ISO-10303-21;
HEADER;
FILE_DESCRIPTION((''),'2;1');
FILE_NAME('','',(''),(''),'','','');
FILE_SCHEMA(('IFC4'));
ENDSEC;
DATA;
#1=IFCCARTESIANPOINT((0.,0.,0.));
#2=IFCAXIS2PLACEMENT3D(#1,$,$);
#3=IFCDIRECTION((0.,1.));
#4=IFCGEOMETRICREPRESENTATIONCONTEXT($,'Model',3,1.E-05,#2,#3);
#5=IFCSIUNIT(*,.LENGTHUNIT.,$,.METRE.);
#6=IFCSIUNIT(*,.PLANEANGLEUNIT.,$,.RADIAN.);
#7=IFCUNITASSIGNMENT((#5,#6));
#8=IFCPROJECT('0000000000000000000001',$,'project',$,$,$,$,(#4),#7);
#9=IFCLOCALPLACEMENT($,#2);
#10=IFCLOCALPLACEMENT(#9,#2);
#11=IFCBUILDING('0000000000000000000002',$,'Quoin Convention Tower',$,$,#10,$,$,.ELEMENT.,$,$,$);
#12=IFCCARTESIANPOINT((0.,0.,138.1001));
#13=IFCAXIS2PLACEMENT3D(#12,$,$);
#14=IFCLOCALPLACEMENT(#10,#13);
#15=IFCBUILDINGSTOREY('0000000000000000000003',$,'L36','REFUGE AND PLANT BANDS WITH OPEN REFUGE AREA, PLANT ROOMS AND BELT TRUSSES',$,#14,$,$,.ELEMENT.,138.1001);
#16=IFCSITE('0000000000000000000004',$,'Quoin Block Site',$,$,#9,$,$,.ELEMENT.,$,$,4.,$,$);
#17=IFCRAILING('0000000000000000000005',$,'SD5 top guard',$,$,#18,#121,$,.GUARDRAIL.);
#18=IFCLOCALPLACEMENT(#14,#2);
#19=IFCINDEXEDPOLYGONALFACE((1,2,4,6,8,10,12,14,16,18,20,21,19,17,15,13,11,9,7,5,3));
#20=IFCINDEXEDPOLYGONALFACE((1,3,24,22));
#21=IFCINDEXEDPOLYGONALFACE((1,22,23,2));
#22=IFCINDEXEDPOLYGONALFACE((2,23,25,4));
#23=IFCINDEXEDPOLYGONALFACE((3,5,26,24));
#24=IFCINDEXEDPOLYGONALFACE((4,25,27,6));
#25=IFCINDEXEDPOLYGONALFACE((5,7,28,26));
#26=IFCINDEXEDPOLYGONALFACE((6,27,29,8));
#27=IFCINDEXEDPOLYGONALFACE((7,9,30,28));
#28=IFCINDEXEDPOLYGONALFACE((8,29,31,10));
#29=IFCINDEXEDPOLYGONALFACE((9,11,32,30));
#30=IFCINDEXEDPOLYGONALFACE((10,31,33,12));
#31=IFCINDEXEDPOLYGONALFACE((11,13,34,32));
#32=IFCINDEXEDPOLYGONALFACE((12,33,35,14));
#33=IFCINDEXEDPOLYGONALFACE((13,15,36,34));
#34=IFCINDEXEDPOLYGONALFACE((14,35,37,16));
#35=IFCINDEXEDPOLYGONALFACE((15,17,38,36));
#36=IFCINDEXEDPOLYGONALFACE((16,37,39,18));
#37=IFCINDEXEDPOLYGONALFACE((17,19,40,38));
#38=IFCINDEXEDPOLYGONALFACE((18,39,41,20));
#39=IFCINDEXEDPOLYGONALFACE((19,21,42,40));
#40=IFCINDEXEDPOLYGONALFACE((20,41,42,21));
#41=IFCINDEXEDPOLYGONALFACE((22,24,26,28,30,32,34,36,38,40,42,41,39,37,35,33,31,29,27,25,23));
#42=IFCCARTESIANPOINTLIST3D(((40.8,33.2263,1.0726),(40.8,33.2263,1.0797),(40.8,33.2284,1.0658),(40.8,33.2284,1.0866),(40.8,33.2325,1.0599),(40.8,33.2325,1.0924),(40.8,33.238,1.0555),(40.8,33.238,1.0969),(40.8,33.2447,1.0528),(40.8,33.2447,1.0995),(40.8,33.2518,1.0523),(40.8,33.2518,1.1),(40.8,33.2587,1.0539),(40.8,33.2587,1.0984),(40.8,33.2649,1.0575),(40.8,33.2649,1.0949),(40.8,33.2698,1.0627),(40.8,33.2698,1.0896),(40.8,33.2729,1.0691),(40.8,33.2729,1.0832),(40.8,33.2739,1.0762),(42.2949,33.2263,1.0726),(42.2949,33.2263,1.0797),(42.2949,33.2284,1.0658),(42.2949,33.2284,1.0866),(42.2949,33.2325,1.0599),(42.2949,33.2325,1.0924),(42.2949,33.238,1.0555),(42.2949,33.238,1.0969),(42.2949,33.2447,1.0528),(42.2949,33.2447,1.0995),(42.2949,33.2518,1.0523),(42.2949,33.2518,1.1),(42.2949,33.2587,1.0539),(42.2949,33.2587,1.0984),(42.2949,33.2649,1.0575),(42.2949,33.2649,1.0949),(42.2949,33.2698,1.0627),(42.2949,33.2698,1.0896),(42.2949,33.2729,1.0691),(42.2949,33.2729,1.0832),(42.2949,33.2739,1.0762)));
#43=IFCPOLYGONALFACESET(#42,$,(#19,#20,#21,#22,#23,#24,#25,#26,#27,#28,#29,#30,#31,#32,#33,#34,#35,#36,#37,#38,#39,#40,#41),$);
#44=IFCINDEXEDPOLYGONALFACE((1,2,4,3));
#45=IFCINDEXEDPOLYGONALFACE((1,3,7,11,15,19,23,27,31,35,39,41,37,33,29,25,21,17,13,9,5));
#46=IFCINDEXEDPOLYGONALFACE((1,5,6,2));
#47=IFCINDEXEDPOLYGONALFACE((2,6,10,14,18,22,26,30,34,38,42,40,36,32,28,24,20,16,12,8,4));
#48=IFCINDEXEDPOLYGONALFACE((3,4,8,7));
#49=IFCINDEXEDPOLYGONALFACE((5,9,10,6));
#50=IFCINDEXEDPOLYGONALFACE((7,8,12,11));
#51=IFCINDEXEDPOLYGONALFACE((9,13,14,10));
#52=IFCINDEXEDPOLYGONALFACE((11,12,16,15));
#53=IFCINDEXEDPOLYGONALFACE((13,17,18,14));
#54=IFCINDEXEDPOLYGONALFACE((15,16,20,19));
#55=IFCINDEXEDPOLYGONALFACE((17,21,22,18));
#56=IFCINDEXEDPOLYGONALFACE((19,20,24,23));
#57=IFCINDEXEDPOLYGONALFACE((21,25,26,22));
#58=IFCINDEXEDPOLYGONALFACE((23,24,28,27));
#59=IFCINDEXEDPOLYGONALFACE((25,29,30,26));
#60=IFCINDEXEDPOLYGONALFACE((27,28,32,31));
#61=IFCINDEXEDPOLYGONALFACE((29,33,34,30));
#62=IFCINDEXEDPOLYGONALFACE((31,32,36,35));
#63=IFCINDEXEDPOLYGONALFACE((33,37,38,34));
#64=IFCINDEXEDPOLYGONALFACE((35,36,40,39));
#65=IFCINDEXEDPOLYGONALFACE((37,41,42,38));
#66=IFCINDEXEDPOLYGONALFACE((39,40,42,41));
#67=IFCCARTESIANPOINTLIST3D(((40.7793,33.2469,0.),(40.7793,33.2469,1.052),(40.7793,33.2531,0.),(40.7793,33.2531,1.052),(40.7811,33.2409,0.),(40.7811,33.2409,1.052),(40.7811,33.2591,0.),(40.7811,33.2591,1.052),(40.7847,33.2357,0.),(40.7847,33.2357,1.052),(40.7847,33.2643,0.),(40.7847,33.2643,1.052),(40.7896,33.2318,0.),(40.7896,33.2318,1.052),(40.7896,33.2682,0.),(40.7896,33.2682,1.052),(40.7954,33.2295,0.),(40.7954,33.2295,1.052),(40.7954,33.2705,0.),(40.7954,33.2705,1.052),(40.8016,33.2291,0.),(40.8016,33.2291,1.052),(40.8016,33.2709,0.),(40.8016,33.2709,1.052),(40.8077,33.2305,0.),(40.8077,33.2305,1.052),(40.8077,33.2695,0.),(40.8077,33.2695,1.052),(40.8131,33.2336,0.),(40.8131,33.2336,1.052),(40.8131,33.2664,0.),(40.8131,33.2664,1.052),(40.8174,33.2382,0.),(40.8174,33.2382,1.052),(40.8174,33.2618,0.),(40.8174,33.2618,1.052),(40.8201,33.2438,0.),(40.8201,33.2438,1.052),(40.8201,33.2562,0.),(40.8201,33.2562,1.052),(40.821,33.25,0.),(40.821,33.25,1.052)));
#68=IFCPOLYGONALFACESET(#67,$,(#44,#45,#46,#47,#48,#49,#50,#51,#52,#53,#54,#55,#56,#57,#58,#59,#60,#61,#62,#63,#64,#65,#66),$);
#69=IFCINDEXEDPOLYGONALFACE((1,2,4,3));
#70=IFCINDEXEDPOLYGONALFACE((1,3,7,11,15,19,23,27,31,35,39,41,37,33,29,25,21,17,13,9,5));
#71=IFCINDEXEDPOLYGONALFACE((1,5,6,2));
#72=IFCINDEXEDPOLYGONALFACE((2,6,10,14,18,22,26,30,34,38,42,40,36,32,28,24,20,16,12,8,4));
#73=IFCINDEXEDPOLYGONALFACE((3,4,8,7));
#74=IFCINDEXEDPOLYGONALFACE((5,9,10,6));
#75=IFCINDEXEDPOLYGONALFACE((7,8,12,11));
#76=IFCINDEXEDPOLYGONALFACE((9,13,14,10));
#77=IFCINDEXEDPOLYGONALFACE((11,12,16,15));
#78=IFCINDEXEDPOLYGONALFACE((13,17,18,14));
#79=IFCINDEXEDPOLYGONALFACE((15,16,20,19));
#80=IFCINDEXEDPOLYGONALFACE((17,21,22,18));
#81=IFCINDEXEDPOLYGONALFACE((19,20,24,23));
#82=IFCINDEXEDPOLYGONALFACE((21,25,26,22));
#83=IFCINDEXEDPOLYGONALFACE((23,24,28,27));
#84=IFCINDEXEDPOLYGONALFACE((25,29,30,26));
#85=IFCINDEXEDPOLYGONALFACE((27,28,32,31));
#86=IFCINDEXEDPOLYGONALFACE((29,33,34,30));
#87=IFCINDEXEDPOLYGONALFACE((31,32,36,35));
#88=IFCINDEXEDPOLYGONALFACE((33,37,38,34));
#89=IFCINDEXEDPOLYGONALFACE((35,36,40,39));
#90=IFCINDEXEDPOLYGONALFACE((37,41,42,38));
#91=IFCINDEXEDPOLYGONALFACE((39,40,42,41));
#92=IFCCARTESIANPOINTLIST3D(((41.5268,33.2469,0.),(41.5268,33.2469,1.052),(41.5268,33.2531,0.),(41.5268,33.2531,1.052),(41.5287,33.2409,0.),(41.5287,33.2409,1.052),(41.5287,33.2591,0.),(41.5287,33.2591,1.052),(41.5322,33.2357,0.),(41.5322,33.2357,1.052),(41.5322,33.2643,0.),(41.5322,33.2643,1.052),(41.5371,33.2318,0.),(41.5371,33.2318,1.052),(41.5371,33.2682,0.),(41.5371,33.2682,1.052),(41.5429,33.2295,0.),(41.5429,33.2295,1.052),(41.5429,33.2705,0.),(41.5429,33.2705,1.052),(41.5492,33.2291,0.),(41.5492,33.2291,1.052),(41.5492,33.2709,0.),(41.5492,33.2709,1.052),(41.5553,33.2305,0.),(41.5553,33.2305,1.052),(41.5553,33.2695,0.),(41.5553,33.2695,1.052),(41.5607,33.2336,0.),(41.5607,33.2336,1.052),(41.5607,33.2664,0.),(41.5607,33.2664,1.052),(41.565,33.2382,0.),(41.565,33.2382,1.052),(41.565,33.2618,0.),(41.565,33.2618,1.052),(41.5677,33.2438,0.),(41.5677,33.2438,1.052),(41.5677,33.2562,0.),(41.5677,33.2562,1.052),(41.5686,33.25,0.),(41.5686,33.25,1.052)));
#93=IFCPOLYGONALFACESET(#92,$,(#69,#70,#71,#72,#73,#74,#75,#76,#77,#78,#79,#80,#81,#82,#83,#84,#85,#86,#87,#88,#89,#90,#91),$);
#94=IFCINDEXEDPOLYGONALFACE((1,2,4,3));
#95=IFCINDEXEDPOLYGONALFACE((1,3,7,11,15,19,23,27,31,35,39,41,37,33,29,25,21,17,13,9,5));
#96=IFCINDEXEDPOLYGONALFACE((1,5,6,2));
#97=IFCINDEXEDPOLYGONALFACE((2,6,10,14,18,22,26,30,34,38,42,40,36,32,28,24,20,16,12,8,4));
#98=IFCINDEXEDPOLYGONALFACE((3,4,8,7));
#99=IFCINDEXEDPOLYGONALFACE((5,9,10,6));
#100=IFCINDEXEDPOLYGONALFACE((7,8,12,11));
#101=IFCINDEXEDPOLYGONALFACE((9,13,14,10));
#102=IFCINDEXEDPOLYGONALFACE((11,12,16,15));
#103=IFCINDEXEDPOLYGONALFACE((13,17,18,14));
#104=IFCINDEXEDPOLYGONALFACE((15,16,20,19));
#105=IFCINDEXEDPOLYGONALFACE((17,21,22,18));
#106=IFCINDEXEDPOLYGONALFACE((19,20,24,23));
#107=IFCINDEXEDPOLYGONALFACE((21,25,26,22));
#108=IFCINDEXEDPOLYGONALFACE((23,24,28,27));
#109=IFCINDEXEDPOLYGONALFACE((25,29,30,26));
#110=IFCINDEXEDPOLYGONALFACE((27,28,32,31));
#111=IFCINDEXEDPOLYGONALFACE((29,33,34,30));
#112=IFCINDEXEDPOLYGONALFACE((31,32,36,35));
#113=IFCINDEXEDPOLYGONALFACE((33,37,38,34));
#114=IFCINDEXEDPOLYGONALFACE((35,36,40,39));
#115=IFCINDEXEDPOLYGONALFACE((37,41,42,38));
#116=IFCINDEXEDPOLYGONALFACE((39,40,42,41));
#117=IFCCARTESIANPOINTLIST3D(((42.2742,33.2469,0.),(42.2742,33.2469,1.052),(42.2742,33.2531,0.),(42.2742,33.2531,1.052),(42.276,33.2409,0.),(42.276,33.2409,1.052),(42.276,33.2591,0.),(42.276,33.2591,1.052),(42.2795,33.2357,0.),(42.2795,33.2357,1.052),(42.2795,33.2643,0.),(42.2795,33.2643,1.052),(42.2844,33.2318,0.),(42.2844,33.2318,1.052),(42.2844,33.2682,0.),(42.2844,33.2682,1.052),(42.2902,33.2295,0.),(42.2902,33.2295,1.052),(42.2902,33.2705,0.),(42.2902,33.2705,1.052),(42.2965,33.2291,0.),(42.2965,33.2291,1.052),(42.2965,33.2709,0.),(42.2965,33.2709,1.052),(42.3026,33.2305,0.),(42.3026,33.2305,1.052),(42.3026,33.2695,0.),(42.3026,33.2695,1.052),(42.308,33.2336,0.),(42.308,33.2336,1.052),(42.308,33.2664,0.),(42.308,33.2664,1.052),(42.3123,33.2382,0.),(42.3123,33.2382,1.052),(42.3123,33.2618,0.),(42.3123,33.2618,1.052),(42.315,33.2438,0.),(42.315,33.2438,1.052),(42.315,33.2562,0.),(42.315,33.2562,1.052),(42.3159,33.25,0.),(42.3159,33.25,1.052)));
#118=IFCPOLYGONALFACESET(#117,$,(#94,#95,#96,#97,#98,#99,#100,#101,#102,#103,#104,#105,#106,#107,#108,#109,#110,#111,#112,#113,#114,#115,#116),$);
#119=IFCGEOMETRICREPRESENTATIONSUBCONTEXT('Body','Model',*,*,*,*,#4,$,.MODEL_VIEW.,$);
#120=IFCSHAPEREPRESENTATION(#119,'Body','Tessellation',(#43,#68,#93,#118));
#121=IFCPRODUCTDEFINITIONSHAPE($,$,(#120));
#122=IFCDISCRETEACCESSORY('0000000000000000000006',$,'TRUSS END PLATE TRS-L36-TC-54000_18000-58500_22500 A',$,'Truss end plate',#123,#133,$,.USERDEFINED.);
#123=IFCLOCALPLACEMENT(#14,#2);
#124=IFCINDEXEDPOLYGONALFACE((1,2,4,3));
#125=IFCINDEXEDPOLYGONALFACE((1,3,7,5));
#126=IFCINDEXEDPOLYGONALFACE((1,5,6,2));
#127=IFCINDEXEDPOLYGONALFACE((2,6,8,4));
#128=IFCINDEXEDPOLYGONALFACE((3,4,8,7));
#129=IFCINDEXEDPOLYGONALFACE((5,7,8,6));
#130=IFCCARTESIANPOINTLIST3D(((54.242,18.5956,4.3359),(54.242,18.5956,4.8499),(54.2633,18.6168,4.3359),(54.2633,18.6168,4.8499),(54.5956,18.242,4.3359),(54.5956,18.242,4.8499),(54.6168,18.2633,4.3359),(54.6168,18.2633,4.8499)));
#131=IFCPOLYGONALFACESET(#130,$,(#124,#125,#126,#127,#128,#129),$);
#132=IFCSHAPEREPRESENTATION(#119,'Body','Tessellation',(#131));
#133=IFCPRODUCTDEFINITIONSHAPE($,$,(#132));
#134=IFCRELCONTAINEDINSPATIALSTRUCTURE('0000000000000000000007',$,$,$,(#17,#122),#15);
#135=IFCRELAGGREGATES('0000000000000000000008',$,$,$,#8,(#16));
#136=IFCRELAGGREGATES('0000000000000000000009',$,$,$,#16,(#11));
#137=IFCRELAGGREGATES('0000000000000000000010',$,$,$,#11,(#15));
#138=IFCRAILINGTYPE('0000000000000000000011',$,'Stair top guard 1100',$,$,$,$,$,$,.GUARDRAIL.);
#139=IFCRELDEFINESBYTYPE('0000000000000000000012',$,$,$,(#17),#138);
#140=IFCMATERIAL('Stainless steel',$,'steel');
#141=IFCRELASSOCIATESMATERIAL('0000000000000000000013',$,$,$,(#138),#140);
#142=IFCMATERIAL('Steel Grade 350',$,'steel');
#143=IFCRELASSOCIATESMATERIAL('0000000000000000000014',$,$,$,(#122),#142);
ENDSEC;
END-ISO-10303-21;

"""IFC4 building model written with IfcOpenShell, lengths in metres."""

from ifc_helpers import new_model, si_unit, direction, frame, origin, origin_2d, place, context, subcontext, project, spatial, rectangle, circle, extrude, material, type_object, element, save


model = new_model("IFC4")

# Units and contexts
model_context = context("Model", 3, precision=1e-05, world=origin(), true_north=direction((0.0, 1.0)))
body_context = subcontext(model_context, "Body", "Model", "MODEL_VIEW")
ifc_project = project(units=[si_unit("LENGTHUNIT", "METRE"), si_unit("PLANEANGLEUNIT", "RADIAN")], contexts=[model_context])

# Site, building, storey
site_placement = place(None, origin())
site = spatial("IfcSite", under=ifc_project, at=site_placement, Name="Quoin Block Site", CompositionType="ELEMENT", RefElevation=4.0)
building_placement = place(site_placement, origin())
building = spatial("IfcBuilding", under=site, at=building_placement, Name="Quoin Convention Tower", CompositionType="ELEMENT")
storey_placement = place(building_placement, frame((0.0, 0.0, 138.1001)))
storey = spatial("IfcBuildingStorey", under=building, at=storey_placement, Name="L36", Description="REFUGE AND PLANT BANDS WITH OPEN REFUGE AREA, PLANT ROOMS AND BELT TRUSSES", CompositionType="ELEMENT", Elevation=138.1001)

# Railing
ifc_material_1 = material(Name="Stainless steel", Category="steel")
railing_type = type_object("IfcRailingType", Name="Stair top guard 1100", PredefinedType="GUARDRAIL", material=ifc_material_1)
railing_placement = place(storey_placement, frame((40.8, 33.25, 0.0)))
element("IfcRailing", 1, at=railing_placement, inside=storey, type_object=railing_type, Name="SD5 top guard", PredefinedType="GUARDRAIL", context=body_context, shape_type="SweptSolid", body=[
    extrude(circle(Radius=0.0239, at=origin_2d()), frame((0.0, 0.0, 1.0762), z_axis=(1.0, 0.0, 0.0), x_axis=(0.0, 1.0, 0.0)), (0.0, 0.0, 1.0), 1.4949),
    extrude(circle(Radius=0.021, at=origin_2d()), origin(), (0.0, 0.0, 1.0), 1.052),
    extrude(circle(Radius=0.021, at=origin_2d()), frame((0.7476, 0.0, 0.0)), (0.0, 0.0, 1.0), 1.052),
    extrude(circle(Radius=0.021, at=origin_2d()), frame((1.4949, 0.0, 0.0)), (0.0, 0.0, 1.0), 1.052),
])

# Discrete accessory
ifc_material_2 = material(Name="Steel Grade 350", Category="steel")
discrete_accessory_placement = place(storey_placement, frame((54.4294, 18.4294, 4.3359), z_axis=(0.0, 0.0, 1.0), x_axis=(-0.707107, -0.707107, 0.0)))
element("IfcDiscreteAccessory", 2, at=discrete_accessory_placement, inside=storey, material=ifc_material_2, Name="TRUSS END PLATE TRS-L36-TC-54000_18000-58500_22500 A", ObjectType="Truss end plate", PredefinedType="USERDEFINED", context=body_context, shape_type="SweptSolid", body=[
    extrude(rectangle(XDim=0.03, YDim=0.5, at=origin_2d()), origin(), (0.0, 0.0, 1.0), 0.5139),
])

save(model, "model.ifc")
